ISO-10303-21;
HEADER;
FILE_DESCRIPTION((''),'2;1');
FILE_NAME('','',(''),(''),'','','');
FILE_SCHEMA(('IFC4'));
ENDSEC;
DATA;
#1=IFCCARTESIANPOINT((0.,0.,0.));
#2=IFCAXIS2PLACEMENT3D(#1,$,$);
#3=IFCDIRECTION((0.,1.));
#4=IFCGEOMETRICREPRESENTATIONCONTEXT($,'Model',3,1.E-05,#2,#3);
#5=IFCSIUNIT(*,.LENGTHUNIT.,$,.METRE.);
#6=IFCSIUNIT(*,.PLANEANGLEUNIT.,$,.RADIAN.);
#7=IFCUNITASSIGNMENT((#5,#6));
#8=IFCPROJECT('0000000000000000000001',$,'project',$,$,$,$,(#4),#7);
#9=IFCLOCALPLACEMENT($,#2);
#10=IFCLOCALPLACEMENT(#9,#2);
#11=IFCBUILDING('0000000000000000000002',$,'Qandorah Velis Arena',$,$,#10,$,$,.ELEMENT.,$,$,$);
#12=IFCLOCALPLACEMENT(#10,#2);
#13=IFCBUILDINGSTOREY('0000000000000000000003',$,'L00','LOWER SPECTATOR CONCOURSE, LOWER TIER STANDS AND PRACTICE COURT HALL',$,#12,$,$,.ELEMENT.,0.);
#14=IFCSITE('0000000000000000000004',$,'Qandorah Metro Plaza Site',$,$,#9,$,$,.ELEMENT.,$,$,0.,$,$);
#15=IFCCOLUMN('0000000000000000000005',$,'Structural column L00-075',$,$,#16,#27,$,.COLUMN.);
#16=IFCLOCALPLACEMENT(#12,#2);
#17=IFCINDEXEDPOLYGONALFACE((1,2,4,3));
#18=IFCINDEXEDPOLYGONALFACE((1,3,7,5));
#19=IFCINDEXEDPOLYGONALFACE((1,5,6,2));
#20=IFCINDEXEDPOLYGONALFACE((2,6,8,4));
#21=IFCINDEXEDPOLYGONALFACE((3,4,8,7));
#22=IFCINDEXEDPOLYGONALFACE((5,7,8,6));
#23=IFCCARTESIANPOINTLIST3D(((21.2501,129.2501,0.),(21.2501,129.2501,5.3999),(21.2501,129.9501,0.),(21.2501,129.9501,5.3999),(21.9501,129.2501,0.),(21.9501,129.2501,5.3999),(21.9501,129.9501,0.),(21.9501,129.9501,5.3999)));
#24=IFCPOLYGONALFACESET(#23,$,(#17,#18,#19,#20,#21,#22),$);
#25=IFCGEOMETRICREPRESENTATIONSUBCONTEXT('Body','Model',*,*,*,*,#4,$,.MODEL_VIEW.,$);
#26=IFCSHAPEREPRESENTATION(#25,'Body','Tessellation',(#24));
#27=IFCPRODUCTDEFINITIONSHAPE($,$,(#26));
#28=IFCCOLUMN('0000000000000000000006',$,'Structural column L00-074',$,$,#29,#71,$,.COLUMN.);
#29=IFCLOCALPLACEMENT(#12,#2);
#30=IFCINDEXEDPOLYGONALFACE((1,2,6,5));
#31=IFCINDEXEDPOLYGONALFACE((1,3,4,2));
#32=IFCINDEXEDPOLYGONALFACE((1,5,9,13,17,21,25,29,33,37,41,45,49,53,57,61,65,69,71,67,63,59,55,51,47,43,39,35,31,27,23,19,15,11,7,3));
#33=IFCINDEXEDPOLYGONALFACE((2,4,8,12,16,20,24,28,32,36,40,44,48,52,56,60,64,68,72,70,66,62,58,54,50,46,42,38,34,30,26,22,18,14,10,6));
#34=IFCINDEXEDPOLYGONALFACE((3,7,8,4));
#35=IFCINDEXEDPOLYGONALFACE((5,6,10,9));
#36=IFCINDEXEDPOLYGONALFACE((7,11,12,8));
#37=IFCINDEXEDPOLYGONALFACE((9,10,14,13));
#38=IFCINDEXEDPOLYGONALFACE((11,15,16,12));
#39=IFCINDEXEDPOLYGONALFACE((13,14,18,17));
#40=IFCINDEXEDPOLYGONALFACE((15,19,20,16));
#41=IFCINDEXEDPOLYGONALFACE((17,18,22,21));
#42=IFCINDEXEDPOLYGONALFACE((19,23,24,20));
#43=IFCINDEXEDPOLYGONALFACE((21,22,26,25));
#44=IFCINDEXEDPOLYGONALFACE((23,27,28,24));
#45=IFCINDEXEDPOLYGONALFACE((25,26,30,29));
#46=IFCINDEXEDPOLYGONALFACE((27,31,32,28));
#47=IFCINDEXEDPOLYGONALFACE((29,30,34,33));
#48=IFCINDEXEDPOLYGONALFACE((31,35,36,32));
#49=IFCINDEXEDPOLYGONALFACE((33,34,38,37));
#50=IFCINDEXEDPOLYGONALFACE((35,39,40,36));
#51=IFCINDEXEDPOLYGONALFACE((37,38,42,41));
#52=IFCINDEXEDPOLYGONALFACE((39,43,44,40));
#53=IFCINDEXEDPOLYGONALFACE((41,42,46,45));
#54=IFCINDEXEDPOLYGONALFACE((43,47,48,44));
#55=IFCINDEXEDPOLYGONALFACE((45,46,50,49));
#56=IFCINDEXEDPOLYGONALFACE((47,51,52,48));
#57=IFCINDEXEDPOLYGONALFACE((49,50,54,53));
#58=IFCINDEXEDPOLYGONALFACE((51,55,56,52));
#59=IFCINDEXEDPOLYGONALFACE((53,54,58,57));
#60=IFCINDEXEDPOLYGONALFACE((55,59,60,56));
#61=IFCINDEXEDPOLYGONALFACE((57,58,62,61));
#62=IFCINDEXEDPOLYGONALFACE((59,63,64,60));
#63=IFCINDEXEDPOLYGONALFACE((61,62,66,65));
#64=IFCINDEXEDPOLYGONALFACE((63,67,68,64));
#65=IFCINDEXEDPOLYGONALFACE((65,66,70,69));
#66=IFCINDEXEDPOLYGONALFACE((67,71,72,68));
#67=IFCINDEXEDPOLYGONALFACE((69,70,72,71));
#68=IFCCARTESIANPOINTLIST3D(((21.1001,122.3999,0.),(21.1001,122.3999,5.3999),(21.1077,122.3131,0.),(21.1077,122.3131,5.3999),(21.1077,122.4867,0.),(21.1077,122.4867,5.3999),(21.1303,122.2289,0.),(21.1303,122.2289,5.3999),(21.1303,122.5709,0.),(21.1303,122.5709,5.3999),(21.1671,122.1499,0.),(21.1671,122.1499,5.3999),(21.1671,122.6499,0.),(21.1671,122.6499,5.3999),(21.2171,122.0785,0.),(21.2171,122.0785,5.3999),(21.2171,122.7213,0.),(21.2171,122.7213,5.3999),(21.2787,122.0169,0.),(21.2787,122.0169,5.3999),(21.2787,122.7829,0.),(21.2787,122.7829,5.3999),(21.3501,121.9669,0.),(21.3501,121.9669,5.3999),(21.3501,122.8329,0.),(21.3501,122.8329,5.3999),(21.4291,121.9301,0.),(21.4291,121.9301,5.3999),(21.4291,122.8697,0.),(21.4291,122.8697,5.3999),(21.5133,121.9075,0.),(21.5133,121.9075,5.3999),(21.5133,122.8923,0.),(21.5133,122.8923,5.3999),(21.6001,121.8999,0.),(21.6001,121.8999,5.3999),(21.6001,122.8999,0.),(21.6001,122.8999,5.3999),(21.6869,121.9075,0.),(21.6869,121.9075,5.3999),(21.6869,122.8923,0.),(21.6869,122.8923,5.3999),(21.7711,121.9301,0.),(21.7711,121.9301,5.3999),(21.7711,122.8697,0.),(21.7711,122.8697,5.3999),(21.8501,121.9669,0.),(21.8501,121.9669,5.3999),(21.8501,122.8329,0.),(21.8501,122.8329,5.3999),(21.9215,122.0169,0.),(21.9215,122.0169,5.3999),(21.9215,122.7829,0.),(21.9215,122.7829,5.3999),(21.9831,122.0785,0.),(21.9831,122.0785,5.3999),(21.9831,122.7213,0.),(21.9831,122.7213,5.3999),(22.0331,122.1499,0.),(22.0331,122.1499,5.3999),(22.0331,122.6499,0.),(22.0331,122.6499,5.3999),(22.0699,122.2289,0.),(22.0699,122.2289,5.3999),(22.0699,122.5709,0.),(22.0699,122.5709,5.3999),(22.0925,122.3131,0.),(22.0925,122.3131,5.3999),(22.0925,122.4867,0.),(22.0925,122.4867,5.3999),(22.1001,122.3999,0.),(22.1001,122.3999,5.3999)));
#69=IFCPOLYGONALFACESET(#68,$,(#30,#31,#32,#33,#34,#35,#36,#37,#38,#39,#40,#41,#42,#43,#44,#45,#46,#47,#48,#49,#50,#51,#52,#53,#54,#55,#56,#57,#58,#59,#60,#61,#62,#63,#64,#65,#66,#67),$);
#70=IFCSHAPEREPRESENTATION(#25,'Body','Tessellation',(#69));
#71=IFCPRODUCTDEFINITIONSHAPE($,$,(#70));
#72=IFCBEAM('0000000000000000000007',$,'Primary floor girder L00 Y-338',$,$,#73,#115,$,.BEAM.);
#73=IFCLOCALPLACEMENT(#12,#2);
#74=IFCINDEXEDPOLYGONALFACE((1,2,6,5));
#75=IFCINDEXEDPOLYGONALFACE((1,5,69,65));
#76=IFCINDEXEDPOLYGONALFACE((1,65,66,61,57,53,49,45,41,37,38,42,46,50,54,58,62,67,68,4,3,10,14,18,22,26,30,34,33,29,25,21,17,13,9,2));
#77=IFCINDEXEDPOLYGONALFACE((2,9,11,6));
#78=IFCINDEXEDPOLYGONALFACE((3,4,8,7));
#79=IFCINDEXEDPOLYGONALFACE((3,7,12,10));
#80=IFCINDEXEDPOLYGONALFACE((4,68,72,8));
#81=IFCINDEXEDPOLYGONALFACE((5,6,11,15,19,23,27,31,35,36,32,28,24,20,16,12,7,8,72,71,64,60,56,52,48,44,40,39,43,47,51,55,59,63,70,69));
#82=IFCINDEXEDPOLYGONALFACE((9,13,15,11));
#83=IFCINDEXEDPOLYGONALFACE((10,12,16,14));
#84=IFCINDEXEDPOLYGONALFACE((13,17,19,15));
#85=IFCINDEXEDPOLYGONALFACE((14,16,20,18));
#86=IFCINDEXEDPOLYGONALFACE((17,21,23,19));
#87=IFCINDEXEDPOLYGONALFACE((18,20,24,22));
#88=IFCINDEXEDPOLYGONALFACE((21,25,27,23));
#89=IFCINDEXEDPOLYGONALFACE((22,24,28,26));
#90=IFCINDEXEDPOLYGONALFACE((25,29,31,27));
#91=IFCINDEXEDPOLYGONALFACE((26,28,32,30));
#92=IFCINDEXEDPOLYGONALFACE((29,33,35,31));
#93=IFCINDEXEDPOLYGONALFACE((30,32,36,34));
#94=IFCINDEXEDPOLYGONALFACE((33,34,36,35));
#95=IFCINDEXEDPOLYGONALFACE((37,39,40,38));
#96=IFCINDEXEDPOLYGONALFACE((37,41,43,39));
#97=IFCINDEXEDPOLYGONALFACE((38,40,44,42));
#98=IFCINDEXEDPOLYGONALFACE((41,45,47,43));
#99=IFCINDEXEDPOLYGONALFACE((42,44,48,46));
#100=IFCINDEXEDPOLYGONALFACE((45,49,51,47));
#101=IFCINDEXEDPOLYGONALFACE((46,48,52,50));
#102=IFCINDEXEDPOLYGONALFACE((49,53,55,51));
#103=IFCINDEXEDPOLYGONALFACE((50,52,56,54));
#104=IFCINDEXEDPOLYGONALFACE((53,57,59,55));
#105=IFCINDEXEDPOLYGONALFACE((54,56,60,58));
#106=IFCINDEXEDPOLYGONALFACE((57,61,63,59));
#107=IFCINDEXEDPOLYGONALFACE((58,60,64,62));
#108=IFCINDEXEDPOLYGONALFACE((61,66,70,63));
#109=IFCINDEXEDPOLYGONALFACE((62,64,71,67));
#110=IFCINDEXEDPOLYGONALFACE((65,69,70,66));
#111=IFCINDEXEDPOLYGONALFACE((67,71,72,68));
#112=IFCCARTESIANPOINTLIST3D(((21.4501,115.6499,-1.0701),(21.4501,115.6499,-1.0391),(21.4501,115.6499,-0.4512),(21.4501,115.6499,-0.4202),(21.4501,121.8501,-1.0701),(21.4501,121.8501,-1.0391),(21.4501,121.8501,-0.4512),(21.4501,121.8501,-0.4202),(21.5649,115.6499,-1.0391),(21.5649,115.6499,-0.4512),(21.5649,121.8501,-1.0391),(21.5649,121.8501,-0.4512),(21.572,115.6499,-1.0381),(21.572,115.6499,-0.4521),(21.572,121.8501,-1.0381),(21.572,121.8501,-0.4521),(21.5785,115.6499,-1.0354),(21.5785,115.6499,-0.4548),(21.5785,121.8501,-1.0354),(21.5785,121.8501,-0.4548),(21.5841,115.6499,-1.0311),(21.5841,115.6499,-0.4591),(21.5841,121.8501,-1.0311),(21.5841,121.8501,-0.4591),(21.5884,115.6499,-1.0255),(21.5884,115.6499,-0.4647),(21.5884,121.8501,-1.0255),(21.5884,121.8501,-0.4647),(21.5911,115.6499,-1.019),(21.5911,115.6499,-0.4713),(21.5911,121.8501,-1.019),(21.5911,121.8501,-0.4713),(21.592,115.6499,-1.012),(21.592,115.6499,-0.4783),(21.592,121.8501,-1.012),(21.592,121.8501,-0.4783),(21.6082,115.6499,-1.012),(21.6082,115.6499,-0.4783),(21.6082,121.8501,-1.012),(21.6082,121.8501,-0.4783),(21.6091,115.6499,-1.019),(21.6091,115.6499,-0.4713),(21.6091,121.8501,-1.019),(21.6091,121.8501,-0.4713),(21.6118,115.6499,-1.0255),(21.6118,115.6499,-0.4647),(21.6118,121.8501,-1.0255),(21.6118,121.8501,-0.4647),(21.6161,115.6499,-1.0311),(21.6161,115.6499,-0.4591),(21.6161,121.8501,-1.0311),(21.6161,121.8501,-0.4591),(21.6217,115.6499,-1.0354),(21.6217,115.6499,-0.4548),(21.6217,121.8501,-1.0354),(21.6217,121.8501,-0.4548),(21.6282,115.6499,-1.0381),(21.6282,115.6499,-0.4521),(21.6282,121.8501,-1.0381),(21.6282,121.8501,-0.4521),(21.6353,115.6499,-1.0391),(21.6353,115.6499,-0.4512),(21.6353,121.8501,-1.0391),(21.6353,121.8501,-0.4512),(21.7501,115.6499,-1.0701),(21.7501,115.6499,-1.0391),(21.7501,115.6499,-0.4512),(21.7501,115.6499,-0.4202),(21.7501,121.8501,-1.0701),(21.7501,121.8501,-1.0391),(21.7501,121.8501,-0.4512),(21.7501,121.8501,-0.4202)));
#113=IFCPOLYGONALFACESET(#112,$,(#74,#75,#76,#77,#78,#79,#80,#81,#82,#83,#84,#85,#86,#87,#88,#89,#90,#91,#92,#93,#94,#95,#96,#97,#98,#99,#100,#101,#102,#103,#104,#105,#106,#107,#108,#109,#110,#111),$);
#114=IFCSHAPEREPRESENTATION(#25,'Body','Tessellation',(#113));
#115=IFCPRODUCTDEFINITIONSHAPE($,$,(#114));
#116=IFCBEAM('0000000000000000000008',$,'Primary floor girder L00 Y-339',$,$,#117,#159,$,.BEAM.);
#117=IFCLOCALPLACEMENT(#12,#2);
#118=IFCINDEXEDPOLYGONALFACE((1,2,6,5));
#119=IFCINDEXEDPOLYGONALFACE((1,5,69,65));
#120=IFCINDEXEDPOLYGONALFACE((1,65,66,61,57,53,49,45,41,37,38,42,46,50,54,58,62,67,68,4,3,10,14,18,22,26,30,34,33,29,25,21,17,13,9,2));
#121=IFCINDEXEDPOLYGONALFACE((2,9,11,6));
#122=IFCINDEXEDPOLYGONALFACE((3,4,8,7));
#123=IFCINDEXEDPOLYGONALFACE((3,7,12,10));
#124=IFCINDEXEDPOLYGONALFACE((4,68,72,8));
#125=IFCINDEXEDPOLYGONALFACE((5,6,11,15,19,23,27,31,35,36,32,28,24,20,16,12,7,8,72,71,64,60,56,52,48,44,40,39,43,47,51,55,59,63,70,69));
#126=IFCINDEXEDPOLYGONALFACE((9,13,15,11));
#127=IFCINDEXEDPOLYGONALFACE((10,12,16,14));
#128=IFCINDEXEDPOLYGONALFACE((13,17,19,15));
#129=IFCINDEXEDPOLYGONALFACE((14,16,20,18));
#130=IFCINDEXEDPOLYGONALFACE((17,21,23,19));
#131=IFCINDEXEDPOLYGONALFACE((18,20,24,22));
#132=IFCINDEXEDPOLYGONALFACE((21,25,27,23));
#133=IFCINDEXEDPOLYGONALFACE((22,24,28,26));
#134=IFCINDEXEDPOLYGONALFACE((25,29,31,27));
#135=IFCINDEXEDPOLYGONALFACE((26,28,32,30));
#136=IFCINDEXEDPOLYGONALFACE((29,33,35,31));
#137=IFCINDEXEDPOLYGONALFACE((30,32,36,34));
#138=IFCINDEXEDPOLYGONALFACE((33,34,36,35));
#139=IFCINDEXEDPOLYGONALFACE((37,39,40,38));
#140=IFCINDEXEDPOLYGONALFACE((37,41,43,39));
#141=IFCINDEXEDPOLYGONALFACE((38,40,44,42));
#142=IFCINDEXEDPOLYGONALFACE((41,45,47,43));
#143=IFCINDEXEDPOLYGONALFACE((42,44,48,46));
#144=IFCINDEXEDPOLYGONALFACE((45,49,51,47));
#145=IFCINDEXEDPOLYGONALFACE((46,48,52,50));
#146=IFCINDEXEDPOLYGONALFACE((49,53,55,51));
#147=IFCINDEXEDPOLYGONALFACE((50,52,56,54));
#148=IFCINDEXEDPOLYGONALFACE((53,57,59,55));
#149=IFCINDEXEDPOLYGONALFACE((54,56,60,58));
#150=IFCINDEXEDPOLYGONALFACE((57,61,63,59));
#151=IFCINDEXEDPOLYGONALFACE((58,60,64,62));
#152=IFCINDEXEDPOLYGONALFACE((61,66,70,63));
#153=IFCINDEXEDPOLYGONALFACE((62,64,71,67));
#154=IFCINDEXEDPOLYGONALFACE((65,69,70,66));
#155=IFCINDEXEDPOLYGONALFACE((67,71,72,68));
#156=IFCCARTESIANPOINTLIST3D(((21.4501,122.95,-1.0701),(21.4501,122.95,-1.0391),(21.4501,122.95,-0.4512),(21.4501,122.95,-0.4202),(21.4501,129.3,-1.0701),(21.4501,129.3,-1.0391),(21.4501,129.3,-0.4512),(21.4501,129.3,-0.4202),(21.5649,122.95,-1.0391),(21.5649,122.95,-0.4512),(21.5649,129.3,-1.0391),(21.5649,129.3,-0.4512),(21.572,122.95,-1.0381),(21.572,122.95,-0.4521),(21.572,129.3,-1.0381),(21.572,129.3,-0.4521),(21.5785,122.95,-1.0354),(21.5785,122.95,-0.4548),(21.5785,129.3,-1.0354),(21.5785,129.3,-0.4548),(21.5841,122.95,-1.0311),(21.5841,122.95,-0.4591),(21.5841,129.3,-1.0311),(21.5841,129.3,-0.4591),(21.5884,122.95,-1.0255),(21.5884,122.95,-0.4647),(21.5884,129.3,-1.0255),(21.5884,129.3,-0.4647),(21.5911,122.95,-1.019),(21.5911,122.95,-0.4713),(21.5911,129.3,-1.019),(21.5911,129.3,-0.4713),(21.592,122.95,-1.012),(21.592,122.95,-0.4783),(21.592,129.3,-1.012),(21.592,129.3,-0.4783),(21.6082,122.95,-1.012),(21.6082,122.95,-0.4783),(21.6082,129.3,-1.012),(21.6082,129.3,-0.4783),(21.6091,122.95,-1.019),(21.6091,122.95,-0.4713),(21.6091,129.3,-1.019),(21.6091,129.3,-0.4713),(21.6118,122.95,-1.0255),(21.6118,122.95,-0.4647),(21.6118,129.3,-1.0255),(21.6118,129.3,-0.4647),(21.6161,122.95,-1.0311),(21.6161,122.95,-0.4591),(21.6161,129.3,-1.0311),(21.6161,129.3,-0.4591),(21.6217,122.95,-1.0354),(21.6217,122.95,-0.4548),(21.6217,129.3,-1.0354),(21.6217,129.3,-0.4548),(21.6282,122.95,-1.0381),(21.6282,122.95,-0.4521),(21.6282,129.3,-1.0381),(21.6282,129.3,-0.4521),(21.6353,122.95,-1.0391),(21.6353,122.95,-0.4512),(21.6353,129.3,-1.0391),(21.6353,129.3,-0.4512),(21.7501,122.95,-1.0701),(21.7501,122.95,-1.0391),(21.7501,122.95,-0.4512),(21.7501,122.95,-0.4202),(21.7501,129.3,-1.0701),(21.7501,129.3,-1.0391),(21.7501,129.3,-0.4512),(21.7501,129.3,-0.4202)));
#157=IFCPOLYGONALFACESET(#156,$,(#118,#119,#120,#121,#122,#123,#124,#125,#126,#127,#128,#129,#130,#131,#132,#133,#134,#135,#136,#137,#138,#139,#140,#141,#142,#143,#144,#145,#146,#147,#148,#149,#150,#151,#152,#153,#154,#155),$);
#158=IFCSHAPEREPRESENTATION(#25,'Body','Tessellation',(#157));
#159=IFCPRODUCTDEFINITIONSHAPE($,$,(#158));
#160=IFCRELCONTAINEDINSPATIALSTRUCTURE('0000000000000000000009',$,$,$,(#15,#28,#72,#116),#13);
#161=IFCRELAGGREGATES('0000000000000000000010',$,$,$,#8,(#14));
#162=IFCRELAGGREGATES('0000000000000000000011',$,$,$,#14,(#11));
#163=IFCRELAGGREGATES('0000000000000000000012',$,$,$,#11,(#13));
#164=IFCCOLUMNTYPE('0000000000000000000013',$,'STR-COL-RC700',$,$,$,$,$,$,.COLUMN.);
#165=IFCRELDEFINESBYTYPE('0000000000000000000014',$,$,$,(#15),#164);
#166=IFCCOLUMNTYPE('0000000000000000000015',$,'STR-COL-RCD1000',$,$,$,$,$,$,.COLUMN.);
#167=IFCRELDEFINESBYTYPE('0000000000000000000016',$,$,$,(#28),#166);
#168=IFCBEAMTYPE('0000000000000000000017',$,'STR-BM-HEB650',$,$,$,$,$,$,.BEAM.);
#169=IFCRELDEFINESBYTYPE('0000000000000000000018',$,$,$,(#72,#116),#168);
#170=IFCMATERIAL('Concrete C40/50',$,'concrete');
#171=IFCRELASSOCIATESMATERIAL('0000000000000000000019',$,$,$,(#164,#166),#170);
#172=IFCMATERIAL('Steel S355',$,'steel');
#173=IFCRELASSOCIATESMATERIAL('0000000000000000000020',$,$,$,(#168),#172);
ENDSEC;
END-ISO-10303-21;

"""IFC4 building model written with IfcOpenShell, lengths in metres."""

from ifc_helpers import new_model, si_unit, direction, frame, origin, origin_2d, place, context, subcontext, project, spatial, rectangle, circle, i_section, extrude, material, material_profile, profile_set, type_object, element, save


model = new_model("IFC4")

# Units and contexts
model_context = context("Model", 3, precision=1e-05, world=origin(), true_north=direction((0.0, 1.0)))
body_context = subcontext(model_context, "Body", "Model", "MODEL_VIEW")
ifc_project = project(units=[si_unit("LENGTHUNIT", "METRE"), si_unit("PLANEANGLEUNIT", "RADIAN")], contexts=[model_context])

# Site, building, storey
site_placement = place(None, origin())
site = spatial("IfcSite", under=ifc_project, at=site_placement, Name="Qandorah Metro Plaza Site", CompositionType="ELEMENT", RefElevation=0.0)
building_placement = place(site_placement, origin())
building = spatial("IfcBuilding", under=site, at=building_placement, Name="Qandorah Velis Arena", CompositionType="ELEMENT")
storey_placement = place(building_placement, origin())
storey = spatial("IfcBuildingStorey", under=building, at=storey_placement, Name="L00", Description="LOWER SPECTATOR CONCOURSE, LOWER TIER STANDS AND PRACTICE COURT HALL", CompositionType="ELEMENT", Elevation=0.0)

# Columns
ifc_material_1 = material(Name="Concrete C40/50", Category="concrete")
ifc_material_profile_1 = material_profile(ifc_material_1, rectangle(XDim=0.7, YDim=0.7, at=origin_2d()), Name="RC COL 700x700")
ifc_profile_set_1 = profile_set([ifc_material_profile_1], Name="Concrete C40/50")
column_type_1 = type_object("IfcColumnType", Name="STR-COL-RC700", PredefinedType="COLUMN", material=ifc_profile_set_1)
column_1_placement = place(storey_placement, frame((21.6001, 129.6001, 0.0), z_axis=(0.0, 0.0, 1.0), x_axis=(1.0, 0.0, 0.0)))
element("IfcColumn", 1, at=column_1_placement, inside=storey, type_object=column_type_1, Name="Structural column L00-075", PredefinedType="COLUMN", context=body_context, shape_type="SweptSolid", body=[
    extrude(rectangle(XDim=0.7, YDim=0.7, at=origin_2d()), origin(), (0.0, 0.0, 1.0), 5.3999),
])
ifc_material_profile_2 = material_profile(ifc_material_1, circle(Radius=0.5, at=origin_2d()), Name="RC D1000")
ifc_profile_set_2 = profile_set([ifc_material_profile_2], Name="Concrete C40/50")
column_type_2 = type_object("IfcColumnType", Name="STR-COL-RCD1000", PredefinedType="COLUMN", material=ifc_profile_set_2)
column_2_placement = place(storey_placement, frame((21.6001, 122.3999, 0.0), z_axis=(0.0, 0.0, 1.0), x_axis=(1.0, 0.0, 0.0)))
element("IfcColumn", 2, at=column_2_placement, inside=storey, type_object=column_type_2, Name="Structural column L00-074", PredefinedType="COLUMN", context=body_context, shape_type="SweptSolid", body=[
    extrude(circle(Radius=0.5, at=origin_2d()), origin(), (0.0, 0.0, 1.0), 5.3999),
])

# Beams
ifc_material_2 = material(Name="Steel S355", Category="steel")
ifc_material_profile_3 = material_profile(ifc_material_2, i_section(OverallWidth=0.3, OverallDepth=0.6499, WebThickness=0.0161, FlangeThickness=0.031, FilletRadius=0.0271, at=origin_2d()), Name="HEB 650")
ifc_profile_set_3 = profile_set([ifc_material_profile_3], Name="Steel S355")
beam_type_1 = type_object("IfcBeamType", Name="STR-BM-HEB650", PredefinedType="BEAM", material=ifc_profile_set_3)
beam_1_placement = place(storey_placement, frame((21.6001, 115.6499, -0.7451), z_axis=(0.0, 1.0, 0.0), x_axis=(-1.0, 0.0, 0.0)))
element("IfcBeam", 3, at=beam_1_placement, inside=storey, type_object=beam_type_1, Name="Primary floor girder L00 Y-338", PredefinedType="BEAM", context=body_context, shape_type="SweptSolid", body=[
    extrude(i_section(OverallWidth=0.3, OverallDepth=0.6499, WebThickness=0.0161, FlangeThickness=0.031, FilletRadius=0.0271, at=origin_2d()), origin(), (0.0, 0.0, 1.0), 6.2002),
])
beam_2_placement = place(storey_placement, frame((21.6001, 122.95, -0.7451), z_axis=(0.0, 1.0, 0.0), x_axis=(-1.0, 0.0, 0.0)))
element("IfcBeam", 4, at=beam_2_placement, inside=storey, type_object=beam_type_1, Name="Primary floor girder L00 Y-339", PredefinedType="BEAM", context=body_context, shape_type="SweptSolid", body=[
    extrude(i_section(OverallWidth=0.3, OverallDepth=0.6499, WebThickness=0.0161, FlangeThickness=0.031, FilletRadius=0.0271, at=origin_2d()), origin(), (0.0, 0.0, 1.0), 6.3501),
])

save(model, "model.ifc")
